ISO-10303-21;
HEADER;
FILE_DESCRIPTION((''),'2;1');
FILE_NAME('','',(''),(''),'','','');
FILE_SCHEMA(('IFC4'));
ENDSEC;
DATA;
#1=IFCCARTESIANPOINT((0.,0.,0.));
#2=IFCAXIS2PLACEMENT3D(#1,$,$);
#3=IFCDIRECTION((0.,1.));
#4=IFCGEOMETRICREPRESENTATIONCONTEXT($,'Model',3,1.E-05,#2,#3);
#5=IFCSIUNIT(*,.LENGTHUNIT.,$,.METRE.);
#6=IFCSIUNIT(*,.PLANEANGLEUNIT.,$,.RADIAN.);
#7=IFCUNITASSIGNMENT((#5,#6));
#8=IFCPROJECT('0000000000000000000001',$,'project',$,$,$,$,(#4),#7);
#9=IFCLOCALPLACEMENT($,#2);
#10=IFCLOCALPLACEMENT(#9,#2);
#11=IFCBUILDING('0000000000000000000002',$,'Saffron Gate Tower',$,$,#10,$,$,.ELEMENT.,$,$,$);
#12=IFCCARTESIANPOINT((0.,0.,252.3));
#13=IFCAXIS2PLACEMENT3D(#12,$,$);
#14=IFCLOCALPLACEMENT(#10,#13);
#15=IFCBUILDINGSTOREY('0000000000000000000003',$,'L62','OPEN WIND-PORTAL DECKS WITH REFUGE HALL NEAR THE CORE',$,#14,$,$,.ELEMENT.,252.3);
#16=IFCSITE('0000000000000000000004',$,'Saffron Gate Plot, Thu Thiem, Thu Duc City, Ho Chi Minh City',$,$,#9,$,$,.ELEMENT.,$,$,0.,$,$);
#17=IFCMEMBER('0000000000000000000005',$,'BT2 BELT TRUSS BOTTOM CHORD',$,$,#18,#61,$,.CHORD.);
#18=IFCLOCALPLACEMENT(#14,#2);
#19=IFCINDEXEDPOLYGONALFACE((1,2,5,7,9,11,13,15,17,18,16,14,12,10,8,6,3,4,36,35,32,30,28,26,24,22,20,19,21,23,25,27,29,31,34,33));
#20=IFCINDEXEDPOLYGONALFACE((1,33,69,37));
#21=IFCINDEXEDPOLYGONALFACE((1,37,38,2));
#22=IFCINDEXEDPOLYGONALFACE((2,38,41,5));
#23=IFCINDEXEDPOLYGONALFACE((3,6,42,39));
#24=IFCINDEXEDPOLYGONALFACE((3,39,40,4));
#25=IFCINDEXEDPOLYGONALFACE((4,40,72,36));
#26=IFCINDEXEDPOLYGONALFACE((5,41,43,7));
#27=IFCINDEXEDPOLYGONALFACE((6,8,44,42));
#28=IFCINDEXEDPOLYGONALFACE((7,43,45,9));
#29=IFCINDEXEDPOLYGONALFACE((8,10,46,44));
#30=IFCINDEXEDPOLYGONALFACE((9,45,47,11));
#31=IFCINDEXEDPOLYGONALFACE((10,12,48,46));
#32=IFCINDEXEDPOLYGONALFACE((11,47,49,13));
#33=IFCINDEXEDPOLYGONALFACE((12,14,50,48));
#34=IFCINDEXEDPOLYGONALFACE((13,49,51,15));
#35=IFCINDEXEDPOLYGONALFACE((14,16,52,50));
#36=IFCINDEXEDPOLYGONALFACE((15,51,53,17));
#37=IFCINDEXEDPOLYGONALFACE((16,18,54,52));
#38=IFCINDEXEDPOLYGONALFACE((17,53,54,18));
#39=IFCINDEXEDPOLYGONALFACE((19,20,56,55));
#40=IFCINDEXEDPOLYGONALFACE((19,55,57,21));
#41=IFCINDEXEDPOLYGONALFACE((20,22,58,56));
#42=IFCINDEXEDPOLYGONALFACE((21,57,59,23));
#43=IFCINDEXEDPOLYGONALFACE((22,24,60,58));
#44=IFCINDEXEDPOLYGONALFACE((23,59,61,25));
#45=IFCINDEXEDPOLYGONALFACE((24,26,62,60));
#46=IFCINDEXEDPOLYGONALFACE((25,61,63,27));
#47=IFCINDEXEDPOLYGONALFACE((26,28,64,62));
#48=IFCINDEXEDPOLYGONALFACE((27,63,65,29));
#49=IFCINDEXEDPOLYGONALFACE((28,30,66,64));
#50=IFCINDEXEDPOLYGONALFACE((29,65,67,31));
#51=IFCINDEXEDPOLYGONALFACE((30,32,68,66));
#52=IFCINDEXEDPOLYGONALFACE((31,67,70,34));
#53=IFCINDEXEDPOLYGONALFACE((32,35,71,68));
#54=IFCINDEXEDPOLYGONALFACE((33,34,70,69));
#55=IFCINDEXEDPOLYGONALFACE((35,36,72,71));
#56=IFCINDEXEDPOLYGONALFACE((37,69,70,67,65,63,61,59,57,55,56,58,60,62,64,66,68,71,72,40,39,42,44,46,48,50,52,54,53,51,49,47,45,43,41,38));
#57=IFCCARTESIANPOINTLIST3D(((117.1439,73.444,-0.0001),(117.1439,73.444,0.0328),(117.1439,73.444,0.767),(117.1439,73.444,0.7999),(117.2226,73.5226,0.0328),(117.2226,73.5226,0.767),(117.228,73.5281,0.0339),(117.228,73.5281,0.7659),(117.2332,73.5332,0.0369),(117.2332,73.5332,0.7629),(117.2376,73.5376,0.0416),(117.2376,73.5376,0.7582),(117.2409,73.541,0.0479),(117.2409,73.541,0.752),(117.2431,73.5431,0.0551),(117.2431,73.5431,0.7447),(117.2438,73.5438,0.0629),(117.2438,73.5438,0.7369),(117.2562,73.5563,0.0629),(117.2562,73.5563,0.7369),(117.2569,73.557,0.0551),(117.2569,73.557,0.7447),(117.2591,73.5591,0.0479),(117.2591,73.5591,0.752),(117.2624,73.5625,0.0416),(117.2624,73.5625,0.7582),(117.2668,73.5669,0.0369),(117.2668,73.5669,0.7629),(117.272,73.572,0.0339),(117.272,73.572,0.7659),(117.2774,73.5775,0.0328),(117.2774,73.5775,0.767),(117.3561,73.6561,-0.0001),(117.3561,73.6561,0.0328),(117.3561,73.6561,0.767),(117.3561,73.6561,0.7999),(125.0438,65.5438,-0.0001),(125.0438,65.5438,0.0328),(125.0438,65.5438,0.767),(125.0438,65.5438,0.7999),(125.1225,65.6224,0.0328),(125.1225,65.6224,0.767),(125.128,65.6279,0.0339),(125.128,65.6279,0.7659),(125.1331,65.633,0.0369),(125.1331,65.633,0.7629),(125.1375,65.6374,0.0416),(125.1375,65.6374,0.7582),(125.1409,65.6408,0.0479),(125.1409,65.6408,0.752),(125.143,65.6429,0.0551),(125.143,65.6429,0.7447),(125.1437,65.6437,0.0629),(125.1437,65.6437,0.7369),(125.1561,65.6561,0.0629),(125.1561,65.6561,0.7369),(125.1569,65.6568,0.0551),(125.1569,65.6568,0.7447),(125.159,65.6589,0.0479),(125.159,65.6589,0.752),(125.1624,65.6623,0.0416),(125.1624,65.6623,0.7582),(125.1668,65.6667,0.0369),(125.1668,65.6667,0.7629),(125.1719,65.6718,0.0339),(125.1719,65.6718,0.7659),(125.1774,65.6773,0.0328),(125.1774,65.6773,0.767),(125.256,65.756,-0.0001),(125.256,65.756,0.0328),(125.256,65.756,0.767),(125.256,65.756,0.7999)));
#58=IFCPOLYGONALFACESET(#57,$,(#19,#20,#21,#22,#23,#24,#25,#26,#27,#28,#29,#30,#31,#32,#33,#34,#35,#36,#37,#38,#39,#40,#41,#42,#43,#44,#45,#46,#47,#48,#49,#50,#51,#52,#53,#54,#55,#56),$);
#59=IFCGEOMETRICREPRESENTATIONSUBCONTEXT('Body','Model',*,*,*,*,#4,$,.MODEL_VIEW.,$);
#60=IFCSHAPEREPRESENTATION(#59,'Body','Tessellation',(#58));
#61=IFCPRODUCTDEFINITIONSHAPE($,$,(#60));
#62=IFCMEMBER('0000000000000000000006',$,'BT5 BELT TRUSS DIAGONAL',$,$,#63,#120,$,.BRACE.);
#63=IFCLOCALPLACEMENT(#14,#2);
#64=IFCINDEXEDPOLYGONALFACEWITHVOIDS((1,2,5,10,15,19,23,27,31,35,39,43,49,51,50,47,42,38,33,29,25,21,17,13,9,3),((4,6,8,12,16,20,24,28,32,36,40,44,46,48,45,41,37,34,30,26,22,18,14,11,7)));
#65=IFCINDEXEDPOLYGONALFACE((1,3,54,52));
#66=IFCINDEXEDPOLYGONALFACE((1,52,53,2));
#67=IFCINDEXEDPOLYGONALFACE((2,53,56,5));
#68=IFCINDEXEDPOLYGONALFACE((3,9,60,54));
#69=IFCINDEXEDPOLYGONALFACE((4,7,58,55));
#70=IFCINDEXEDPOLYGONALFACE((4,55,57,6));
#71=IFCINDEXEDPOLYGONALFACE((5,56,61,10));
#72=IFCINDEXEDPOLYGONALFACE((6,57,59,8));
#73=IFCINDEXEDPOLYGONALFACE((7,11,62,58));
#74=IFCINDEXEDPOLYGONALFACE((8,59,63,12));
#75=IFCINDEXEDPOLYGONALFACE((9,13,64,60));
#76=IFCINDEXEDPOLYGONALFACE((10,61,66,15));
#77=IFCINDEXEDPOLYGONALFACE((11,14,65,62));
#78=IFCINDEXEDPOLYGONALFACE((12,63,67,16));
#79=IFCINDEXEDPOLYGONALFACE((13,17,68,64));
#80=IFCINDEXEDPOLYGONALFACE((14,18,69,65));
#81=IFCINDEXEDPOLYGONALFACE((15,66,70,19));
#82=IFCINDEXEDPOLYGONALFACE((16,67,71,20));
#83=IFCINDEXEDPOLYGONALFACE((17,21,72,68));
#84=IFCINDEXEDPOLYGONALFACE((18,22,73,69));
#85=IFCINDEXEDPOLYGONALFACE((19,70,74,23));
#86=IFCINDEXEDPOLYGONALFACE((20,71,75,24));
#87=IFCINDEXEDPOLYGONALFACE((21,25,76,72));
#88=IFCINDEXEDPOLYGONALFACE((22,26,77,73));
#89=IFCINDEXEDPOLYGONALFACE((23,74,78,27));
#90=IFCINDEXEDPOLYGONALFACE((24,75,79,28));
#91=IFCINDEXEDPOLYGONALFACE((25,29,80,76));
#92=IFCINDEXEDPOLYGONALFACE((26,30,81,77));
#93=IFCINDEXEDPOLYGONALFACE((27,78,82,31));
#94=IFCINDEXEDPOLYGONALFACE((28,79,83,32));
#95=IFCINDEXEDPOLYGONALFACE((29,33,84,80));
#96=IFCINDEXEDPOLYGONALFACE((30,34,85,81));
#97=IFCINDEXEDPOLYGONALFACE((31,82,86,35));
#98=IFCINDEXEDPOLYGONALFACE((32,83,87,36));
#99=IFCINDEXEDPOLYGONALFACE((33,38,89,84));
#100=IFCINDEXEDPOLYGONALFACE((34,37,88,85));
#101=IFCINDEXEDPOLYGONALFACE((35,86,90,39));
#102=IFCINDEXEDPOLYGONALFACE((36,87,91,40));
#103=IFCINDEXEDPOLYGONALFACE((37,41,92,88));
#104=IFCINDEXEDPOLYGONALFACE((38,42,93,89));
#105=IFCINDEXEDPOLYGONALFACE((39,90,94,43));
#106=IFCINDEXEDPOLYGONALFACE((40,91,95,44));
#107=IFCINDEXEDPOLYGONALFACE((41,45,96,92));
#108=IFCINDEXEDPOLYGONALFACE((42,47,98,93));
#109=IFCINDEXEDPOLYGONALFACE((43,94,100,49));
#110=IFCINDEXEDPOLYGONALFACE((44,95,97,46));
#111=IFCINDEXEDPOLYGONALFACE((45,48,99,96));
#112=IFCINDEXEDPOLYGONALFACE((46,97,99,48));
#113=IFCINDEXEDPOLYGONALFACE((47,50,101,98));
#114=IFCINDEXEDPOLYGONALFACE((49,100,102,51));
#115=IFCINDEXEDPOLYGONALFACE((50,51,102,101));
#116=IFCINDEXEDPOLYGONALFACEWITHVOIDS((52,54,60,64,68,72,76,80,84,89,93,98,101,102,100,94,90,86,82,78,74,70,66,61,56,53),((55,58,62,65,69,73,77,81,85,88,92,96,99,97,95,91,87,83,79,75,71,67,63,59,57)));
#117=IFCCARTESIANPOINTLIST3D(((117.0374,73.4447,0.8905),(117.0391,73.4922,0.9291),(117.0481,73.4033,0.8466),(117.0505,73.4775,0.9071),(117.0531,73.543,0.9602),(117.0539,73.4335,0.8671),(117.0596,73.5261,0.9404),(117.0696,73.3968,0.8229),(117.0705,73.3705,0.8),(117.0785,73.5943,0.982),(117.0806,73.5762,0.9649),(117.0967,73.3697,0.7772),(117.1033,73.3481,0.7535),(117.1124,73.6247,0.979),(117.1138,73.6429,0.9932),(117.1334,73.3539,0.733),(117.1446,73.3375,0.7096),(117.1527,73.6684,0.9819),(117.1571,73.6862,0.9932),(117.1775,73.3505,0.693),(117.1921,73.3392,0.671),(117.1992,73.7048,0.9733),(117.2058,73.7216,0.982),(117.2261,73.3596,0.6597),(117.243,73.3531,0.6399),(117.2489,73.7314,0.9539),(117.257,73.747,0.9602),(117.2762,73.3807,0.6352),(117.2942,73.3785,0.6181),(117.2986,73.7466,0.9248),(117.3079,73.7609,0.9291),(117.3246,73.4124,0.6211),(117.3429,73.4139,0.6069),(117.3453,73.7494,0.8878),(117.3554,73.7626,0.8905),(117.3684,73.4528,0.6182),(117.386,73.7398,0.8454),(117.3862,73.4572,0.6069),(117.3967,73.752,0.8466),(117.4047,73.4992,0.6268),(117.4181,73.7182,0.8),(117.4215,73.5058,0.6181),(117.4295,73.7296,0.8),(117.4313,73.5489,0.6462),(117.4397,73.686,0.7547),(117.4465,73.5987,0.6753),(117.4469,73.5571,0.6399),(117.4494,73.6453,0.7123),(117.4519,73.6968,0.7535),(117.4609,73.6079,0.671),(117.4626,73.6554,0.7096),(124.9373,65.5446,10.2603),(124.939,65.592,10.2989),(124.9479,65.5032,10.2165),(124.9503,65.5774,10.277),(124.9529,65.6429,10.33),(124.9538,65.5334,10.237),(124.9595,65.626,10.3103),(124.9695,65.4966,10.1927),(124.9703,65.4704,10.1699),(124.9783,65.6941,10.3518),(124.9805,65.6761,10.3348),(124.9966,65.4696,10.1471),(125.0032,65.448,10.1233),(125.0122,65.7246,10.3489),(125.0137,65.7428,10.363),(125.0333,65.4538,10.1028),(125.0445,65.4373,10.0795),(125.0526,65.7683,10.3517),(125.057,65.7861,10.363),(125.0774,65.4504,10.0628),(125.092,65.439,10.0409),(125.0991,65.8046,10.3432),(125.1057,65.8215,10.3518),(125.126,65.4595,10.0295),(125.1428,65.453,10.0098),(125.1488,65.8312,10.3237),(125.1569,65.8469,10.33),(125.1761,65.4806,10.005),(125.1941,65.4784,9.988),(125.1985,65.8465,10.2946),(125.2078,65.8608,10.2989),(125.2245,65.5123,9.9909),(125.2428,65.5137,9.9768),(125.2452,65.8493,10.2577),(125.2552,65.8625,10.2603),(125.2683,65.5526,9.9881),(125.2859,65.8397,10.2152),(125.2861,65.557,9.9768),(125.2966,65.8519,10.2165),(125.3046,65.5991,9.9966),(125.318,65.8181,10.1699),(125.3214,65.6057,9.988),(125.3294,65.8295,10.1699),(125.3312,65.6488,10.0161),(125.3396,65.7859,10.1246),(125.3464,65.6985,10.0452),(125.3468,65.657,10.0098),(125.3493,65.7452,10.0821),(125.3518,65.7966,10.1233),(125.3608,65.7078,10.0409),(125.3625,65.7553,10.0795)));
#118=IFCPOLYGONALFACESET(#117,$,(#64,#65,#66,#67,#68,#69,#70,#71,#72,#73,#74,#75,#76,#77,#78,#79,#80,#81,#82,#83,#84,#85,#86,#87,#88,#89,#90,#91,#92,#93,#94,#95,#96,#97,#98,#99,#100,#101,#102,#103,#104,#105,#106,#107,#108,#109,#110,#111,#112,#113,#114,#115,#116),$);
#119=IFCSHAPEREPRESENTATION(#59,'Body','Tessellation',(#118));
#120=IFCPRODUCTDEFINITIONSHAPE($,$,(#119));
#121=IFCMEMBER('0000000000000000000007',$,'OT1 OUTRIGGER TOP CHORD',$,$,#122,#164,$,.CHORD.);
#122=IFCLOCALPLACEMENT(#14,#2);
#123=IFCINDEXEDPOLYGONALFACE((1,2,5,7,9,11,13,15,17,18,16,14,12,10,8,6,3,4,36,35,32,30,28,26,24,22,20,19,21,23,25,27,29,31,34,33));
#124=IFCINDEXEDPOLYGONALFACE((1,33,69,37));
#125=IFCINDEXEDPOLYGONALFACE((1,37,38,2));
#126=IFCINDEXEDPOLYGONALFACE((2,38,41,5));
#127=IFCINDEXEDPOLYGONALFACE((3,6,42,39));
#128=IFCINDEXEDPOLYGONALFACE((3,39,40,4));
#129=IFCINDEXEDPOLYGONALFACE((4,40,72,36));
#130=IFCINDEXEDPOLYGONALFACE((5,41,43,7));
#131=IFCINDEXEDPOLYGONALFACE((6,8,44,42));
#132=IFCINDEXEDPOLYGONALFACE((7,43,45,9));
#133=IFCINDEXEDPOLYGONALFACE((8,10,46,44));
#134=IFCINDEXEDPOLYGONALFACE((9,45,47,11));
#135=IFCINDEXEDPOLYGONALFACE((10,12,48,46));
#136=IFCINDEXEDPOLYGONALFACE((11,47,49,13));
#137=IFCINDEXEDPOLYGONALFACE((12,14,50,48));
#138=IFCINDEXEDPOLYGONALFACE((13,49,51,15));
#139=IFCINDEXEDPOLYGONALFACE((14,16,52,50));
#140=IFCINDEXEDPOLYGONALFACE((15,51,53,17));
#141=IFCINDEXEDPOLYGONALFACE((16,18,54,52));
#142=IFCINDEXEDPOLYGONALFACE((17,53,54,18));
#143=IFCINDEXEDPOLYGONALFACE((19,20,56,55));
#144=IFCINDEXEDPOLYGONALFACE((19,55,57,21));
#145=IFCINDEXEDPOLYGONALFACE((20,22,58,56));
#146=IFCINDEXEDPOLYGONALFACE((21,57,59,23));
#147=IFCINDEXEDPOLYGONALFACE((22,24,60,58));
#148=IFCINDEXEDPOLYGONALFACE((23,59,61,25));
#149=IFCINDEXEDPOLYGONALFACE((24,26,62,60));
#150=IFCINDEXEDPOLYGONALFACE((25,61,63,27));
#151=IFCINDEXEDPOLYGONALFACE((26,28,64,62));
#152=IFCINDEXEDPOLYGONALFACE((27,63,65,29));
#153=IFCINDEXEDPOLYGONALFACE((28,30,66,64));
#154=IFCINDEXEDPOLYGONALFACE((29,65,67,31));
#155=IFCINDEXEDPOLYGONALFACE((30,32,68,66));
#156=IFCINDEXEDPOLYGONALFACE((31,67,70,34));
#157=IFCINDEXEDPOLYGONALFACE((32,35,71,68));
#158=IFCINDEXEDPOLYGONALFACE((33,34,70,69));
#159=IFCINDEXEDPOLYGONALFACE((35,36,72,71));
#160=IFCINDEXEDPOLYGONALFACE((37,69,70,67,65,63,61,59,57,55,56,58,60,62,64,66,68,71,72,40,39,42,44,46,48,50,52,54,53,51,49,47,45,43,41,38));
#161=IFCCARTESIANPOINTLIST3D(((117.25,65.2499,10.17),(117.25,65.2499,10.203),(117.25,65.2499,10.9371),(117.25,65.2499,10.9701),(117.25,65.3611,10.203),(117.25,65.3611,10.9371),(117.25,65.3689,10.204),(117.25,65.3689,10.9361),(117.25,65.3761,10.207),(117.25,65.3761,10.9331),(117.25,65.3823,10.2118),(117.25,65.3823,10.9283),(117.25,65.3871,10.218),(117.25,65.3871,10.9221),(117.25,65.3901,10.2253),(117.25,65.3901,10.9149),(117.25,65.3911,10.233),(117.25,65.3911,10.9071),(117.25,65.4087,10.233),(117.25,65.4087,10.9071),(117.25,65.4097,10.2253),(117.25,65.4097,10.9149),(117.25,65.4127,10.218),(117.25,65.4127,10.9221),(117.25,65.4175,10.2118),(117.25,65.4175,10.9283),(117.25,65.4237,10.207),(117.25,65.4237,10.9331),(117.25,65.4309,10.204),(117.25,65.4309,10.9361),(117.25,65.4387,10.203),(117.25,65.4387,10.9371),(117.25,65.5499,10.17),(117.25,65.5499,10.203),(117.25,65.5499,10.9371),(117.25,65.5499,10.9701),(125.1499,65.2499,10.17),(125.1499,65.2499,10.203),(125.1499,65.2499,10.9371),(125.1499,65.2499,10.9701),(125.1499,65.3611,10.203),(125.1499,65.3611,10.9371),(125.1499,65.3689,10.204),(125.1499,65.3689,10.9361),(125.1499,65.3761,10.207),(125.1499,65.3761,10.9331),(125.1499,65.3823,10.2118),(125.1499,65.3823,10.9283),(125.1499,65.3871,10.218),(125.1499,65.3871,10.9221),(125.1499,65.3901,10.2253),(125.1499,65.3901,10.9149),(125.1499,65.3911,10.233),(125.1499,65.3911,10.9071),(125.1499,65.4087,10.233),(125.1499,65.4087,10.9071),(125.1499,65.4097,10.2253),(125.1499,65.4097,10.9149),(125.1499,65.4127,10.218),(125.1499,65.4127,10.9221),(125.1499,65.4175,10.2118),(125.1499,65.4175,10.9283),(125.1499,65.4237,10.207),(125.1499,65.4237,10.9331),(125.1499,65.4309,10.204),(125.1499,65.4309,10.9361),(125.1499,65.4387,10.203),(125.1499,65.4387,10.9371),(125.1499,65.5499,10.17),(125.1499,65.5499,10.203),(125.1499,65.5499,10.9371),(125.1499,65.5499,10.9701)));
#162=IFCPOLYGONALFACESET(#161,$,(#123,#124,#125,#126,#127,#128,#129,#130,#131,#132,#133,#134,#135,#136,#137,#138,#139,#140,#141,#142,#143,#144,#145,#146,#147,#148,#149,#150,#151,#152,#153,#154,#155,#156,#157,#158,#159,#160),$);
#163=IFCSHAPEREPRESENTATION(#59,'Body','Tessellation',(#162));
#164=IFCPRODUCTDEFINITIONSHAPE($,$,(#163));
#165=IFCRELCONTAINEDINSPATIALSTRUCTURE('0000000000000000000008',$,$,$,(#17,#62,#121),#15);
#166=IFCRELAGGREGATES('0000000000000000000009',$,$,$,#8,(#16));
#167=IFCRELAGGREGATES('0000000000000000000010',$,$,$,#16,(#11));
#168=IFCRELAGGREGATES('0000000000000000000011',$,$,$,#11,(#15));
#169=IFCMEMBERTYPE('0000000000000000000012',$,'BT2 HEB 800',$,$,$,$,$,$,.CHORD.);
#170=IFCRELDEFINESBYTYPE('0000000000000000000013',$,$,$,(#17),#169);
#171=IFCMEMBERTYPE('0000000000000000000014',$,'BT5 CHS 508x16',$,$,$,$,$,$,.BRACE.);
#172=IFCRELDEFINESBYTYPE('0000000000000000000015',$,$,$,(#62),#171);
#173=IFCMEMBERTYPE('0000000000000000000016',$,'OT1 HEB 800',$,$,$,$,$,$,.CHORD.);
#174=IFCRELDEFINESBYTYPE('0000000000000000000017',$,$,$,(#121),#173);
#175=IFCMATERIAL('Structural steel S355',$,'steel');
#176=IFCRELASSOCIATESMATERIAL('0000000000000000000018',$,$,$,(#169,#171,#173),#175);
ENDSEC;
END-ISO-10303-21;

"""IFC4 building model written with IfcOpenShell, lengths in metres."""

from ifc_helpers import new_model, si_unit, direction, frame, origin, origin_2d, place, context, subcontext, project, spatial, hollow_circle, i_section, extrude, material, material_profile, profile_set, type_object, element, save


model = new_model("IFC4")

# Units and contexts
model_context = context("Model", 3, precision=1e-05, world=origin(), true_north=direction((0.0, 1.0)))
body_context = subcontext(model_context, "Body", "Model", "MODEL_VIEW")
ifc_project = project(units=[si_unit("LENGTHUNIT", "METRE"), si_unit("PLANEANGLEUNIT", "RADIAN")], contexts=[model_context])

# Site, building, storey
site_placement = place(None, origin())
site = spatial("IfcSite", under=ifc_project, at=site_placement, Name="Saffron Gate Plot, Thu Thiem, Thu Duc City, Ho Chi Minh City", CompositionType="ELEMENT", RefElevation=0.0)
building_placement = place(site_placement, origin())
building = spatial("IfcBuilding", under=site, at=building_placement, Name="Saffron Gate Tower", CompositionType="ELEMENT")
storey_placement = place(building_placement, frame((0.0, 0.0, 252.3)))
storey = spatial("IfcBuildingStorey", under=building, at=storey_placement, Name="L62", Description="OPEN WIND-PORTAL DECKS WITH REFUGE HALL NEAR THE CORE", CompositionType="ELEMENT", Elevation=252.3)

# Shared definitions
ifc_material_1 = material(Name="Structural steel S355", Category="steel")

# Members
ifc_material_profile_1 = material_profile(ifc_material_1, i_section(OverallWidth=0.3, OverallDepth=0.8, WebThickness=0.0176, FlangeThickness=0.033, FilletRadius=0.03, at=origin_2d()))
ifc_profile_set_1 = profile_set([ifc_material_profile_1], Name="Structural steel S355")
member_type_1 = type_object("IfcMemberType", Name="BT2 HEB 800", PredefinedType="CHORD", material=ifc_profile_set_1)
for number, where, z_axis, x_axis, name in (
    (1, (117.25, 73.55, 0.3999), (0.707096, -0.707118, 0.0), (0.707118, 0.707096, 0.0), "BT2 BELT TRUSS BOTTOM CHORD"),
):
    element("IfcMember", number, at=place(storey_placement, frame(where, z_axis=z_axis, x_axis=x_axis)), inside=storey, type_object=member_type_1, Name=name, PredefinedType="CHORD", context=body_context, shape_type="SweptSolid", body=[
        extrude(i_section(OverallWidth=0.3, OverallDepth=0.8, WebThickness=0.0176, FlangeThickness=0.033, FilletRadius=0.03, at=origin_2d()), origin(), (0.0, 0.0, 1.0), 11.1724),
    ])
ifc_material_profile_2 = material_profile(ifc_material_1, hollow_circle(Radius=0.2539, WallThickness=0.0161, at=origin_2d()))
ifc_profile_set_2 = profile_set([ifc_material_profile_2], Name="Structural steel S355")
member_type_2 = type_object("IfcMemberType", Name="BT5 CHS 508x16", PredefinedType="BRACE", material=ifc_profile_set_2)
member_1_placement = place(storey_placement, frame((117.25, 73.55, 0.8), z_axis=(0.541782, -0.541799, 0.642594), x_axis=(0.707118, 0.707096, 0.0)))
element("IfcMember", 2, at=member_1_placement, inside=storey, type_object=member_type_2, Name="BT5 BELT TRUSS DIAGONAL", PredefinedType="BRACE", context=body_context, shape_type="SweptSolid", body=[
    extrude(hollow_circle(Radius=0.2539, WallThickness=0.0161, at=origin_2d()), origin(), (0.0, 0.0, 1.0), 14.5813),
])
ifc_material_profile_3 = material_profile(ifc_material_1, i_section(OverallWidth=0.3, OverallDepth=0.8, WebThickness=0.0176, FlangeThickness=0.033, FilletRadius=0.03, at=origin_2d()))
ifc_profile_set_3 = profile_set([ifc_material_profile_3], Name="Structural steel S355")
member_type_3 = type_object("IfcMemberType", Name="OT1 HEB 800", PredefinedType="CHORD", material=ifc_profile_set_3)
for number, where, z_axis, x_axis, name in (
    (3, (125.1499, 65.3999, 10.5701), (-1.0, 0.0, 0.0), (0.0, -1.0, 0.0), "OT1 OUTRIGGER TOP CHORD"),
):
    element("IfcMember", number, at=place(storey_placement, frame(where, z_axis=z_axis, x_axis=x_axis)), inside=storey, type_object=member_type_3, Name=name, PredefinedType="CHORD", context=body_context, shape_type="SweptSolid", body=[
        extrude(i_section(OverallWidth=0.3, OverallDepth=0.8, WebThickness=0.0176, FlangeThickness=0.033, FilletRadius=0.03, at=origin_2d()), origin(), (0.0, 0.0, 1.0), 7.8999),
    ])

save(model, "model.ifc")
